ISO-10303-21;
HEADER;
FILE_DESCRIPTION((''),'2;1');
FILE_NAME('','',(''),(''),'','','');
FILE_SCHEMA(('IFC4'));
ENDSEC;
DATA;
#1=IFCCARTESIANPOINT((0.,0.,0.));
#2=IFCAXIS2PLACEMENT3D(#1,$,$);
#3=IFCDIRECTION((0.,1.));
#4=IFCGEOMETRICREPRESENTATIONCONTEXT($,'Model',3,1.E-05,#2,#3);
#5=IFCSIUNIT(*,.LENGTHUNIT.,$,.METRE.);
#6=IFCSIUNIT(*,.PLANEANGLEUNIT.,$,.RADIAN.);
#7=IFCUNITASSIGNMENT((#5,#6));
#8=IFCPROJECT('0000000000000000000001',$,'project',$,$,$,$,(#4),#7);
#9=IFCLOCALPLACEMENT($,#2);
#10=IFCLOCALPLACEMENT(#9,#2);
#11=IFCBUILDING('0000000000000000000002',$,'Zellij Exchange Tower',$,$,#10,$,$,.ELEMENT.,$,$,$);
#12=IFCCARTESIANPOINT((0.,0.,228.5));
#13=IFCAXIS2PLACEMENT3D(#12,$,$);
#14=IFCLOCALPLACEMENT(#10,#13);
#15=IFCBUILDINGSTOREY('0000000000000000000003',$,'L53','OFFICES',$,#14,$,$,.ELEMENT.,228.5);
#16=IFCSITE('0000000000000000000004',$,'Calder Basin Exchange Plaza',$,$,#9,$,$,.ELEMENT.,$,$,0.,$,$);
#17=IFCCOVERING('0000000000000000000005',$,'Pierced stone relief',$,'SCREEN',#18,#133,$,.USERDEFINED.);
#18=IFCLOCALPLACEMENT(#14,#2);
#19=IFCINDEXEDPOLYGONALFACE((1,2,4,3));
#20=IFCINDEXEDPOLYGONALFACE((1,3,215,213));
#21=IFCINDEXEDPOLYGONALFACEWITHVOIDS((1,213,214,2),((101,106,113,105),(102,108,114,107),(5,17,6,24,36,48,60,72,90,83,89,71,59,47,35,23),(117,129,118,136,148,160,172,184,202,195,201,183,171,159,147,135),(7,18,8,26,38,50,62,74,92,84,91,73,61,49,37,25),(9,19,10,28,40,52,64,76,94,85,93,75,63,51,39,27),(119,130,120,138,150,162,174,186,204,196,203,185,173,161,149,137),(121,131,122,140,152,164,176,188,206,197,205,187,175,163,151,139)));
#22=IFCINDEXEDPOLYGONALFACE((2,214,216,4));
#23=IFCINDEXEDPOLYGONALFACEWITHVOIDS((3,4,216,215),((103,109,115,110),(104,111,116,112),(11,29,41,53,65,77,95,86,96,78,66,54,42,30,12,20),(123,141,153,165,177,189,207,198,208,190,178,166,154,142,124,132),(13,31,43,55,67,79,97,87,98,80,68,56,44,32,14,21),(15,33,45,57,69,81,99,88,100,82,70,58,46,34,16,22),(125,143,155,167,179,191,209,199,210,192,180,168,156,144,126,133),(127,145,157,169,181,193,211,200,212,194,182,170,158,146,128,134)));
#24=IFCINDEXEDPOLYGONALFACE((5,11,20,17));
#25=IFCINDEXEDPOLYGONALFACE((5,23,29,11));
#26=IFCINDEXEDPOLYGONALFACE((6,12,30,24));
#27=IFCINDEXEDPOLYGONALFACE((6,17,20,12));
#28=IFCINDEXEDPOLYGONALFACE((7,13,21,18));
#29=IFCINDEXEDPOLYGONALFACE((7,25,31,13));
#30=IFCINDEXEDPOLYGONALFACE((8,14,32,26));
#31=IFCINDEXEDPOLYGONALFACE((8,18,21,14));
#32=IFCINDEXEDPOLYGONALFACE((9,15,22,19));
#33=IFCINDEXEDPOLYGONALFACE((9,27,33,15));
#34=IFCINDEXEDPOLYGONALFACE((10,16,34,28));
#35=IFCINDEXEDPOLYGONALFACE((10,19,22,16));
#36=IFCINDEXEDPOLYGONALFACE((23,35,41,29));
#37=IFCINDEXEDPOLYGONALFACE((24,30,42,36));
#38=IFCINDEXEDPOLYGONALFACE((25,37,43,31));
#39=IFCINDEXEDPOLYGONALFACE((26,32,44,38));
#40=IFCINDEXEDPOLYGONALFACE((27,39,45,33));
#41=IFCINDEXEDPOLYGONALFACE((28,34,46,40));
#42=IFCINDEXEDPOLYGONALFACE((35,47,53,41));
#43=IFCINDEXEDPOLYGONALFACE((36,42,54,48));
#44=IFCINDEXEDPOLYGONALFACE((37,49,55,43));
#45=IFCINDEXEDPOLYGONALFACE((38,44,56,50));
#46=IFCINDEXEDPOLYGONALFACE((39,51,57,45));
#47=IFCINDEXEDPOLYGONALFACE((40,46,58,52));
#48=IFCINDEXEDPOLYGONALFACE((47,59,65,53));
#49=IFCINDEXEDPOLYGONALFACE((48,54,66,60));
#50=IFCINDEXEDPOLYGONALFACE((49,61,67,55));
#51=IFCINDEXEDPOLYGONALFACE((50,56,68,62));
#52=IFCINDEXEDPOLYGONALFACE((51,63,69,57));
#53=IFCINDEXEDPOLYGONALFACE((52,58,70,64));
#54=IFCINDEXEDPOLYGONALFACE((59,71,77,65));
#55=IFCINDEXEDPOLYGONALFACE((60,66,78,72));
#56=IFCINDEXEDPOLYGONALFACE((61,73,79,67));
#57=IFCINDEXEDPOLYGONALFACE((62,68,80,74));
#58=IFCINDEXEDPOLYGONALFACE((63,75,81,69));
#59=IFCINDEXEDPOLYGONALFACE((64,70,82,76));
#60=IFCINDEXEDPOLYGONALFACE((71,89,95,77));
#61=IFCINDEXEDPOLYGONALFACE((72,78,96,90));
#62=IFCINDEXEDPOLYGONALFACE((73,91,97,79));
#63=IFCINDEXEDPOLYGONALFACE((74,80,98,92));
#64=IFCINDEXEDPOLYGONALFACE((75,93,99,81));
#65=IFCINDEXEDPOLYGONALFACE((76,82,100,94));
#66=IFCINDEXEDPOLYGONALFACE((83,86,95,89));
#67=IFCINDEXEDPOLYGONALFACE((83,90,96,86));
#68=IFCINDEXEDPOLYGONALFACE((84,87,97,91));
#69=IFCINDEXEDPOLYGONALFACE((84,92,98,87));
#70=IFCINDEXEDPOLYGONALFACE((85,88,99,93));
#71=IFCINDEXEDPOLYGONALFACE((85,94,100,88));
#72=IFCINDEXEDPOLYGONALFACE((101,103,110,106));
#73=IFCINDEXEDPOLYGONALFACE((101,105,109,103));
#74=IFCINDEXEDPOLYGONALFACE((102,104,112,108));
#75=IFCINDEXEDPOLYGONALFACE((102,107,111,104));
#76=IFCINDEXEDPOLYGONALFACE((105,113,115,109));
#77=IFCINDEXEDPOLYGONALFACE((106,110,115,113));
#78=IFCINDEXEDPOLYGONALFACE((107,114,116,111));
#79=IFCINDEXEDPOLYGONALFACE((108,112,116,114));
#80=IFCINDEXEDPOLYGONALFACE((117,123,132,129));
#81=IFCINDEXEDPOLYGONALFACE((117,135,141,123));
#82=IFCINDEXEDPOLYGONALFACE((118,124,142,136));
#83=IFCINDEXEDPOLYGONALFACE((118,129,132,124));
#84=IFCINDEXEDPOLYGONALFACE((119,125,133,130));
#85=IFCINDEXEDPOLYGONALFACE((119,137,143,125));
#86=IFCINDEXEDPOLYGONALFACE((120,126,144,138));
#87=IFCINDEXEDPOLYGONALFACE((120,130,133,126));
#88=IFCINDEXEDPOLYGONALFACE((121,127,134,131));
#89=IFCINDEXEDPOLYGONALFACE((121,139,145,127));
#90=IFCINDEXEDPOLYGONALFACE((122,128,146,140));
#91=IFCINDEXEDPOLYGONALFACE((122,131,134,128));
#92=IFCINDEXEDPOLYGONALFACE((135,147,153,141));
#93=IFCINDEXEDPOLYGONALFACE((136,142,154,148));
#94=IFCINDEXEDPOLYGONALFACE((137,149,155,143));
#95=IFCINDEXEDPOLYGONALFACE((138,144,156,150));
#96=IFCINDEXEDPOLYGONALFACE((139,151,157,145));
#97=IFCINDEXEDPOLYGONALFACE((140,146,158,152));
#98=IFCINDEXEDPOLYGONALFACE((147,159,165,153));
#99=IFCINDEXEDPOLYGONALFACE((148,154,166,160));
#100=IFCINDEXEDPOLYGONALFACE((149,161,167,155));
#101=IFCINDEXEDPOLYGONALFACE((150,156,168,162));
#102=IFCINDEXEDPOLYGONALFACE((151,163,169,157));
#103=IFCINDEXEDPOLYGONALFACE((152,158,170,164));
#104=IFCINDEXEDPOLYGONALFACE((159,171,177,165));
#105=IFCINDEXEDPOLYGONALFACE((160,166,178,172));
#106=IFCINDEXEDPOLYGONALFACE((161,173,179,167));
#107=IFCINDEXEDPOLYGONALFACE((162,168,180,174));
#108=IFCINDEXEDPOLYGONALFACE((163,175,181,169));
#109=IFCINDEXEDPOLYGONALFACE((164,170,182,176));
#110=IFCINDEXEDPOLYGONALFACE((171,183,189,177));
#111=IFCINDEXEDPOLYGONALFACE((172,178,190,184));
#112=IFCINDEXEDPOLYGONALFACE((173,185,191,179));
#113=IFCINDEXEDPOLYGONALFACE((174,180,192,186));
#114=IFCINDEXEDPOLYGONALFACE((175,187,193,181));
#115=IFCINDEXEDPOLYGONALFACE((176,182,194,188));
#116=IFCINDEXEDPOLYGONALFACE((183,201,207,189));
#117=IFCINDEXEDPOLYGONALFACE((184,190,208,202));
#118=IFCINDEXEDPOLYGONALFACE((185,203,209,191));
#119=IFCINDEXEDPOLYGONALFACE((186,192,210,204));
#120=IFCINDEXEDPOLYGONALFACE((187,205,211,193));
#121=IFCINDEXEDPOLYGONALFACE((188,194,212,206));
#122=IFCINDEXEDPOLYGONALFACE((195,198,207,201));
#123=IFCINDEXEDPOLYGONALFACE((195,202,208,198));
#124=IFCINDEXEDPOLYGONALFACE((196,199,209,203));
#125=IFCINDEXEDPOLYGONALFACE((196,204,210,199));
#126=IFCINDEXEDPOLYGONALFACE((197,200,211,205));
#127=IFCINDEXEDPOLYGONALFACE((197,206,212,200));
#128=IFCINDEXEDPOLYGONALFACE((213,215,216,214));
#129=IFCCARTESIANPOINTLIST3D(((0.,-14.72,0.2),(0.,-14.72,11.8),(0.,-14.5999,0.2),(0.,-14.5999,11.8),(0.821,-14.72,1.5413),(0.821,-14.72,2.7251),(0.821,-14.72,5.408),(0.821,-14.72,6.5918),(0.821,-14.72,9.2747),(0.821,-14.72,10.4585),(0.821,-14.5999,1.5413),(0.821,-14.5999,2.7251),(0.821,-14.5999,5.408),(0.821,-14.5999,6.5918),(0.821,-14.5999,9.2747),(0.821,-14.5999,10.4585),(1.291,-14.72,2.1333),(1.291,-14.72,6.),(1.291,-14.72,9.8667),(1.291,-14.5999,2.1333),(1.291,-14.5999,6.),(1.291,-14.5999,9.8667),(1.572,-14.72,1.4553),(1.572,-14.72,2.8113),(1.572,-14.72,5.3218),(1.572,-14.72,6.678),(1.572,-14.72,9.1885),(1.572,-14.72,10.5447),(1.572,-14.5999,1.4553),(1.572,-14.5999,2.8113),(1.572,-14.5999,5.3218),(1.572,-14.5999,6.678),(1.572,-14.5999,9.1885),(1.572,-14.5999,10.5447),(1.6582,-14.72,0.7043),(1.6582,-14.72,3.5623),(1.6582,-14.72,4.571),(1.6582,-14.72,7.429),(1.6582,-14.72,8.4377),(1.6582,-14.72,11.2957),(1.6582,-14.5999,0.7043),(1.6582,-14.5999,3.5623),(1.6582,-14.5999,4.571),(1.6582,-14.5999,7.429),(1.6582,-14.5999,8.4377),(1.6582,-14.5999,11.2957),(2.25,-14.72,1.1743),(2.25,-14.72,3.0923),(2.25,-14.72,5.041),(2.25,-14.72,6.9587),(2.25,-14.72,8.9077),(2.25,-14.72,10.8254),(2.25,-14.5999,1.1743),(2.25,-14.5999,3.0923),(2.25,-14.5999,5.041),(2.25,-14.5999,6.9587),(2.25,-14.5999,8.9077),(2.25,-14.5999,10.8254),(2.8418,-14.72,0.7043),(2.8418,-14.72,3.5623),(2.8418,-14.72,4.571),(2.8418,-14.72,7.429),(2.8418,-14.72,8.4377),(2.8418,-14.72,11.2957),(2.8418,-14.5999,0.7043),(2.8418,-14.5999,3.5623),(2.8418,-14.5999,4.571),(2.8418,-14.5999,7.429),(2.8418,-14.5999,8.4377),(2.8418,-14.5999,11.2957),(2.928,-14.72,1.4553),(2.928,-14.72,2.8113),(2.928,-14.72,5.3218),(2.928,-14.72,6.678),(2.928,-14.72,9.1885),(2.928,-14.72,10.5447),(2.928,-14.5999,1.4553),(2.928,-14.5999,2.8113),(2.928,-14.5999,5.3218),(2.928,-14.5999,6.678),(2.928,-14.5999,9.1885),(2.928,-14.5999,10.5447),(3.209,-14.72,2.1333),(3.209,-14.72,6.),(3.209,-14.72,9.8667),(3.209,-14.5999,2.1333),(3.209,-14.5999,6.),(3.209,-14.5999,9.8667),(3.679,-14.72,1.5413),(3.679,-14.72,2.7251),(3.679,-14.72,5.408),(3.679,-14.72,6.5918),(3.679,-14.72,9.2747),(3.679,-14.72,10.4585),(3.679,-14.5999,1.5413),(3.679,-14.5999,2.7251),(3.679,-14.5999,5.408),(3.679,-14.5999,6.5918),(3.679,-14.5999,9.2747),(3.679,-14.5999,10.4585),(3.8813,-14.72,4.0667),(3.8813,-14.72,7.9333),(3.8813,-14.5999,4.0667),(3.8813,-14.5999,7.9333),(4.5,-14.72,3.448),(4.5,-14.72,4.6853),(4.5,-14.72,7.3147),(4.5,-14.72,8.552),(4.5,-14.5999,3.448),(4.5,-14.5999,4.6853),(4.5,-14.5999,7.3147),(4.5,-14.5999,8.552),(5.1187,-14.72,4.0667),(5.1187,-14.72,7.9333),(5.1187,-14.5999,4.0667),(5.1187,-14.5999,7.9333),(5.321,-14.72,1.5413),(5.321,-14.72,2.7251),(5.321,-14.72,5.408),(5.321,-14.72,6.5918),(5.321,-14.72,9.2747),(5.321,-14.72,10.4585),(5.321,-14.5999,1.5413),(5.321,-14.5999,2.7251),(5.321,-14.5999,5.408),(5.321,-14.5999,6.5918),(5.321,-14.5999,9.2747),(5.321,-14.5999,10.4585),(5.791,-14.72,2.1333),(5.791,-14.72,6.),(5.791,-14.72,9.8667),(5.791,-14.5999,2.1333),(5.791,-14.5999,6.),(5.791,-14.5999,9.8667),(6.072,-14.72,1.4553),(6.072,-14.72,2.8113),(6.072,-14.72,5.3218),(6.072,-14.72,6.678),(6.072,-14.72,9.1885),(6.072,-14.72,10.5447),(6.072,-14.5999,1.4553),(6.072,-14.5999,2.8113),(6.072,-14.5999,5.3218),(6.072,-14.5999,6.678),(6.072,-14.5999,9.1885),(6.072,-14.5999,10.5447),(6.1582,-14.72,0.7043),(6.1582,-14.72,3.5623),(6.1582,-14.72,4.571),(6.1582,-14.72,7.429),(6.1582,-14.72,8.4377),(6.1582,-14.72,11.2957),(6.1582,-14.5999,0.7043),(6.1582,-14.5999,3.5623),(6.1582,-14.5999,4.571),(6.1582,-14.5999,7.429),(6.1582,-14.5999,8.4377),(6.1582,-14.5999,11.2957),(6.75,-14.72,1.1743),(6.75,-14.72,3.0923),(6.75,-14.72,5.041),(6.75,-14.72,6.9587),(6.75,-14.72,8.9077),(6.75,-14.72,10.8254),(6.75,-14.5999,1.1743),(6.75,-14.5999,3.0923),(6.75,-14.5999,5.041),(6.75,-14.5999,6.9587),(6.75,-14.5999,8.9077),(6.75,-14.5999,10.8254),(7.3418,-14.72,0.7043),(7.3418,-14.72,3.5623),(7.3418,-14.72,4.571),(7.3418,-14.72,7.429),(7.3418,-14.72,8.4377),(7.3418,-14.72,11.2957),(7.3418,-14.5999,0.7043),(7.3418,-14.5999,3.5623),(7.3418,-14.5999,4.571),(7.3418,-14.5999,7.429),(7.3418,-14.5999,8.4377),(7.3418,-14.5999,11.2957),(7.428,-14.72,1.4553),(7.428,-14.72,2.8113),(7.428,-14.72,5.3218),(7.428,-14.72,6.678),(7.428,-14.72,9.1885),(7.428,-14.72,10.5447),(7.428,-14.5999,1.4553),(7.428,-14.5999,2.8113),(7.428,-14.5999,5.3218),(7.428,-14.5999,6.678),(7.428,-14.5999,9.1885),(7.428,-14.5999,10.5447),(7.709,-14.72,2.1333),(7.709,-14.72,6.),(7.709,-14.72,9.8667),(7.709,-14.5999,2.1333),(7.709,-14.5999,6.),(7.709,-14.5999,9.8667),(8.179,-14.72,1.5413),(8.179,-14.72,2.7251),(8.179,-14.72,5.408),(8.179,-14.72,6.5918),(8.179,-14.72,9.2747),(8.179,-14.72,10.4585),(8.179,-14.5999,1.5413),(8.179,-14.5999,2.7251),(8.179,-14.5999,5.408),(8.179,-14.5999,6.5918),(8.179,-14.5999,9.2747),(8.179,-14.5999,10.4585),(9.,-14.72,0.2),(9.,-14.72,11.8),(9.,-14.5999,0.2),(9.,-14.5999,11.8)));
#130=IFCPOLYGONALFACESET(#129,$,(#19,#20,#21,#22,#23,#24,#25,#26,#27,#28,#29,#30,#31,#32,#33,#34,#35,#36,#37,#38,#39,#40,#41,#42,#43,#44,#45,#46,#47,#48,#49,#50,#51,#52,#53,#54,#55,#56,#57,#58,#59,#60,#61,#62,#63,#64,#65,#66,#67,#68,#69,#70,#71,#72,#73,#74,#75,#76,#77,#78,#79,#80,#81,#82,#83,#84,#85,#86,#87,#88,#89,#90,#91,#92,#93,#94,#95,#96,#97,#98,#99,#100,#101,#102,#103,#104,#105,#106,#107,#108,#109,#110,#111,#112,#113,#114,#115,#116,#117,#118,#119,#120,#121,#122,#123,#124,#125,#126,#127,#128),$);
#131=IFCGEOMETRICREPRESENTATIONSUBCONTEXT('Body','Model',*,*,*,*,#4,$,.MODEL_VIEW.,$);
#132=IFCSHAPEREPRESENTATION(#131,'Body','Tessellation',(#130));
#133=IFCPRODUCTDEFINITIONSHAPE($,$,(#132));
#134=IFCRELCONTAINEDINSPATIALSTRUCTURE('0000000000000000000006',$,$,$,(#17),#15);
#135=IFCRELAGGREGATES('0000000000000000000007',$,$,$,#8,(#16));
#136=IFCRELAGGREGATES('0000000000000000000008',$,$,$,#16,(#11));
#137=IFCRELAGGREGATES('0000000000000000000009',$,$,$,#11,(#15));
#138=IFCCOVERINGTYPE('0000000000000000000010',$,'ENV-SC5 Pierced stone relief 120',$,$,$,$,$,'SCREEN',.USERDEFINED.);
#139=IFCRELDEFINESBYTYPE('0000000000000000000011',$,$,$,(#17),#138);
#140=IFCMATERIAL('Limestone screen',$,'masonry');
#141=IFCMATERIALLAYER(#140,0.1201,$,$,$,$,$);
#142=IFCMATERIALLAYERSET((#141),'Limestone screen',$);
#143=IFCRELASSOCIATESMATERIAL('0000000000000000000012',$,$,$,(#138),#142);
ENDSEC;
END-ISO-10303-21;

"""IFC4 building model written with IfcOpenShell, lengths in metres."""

from ifc_helpers import new_model, si_unit, direction, frame, origin, place, context, subcontext, project, spatial, polyline, outline, extrude, material, layer, layer_set, type_object, element, save


model = new_model("IFC4")

# Units and contexts
model_context = context("Model", 3, precision=1e-05, world=origin(), true_north=direction((0.0, 1.0)))
body_context = subcontext(model_context, "Body", "Model", "MODEL_VIEW")
ifc_project = project(units=[si_unit("LENGTHUNIT", "METRE"), si_unit("PLANEANGLEUNIT", "RADIAN")], contexts=[model_context])

# Site, building, storey
site_placement = place(None, origin())
site = spatial("IfcSite", under=ifc_project, at=site_placement, Name="Calder Basin Exchange Plaza", CompositionType="ELEMENT", RefElevation=0.0)
building_placement = place(site_placement, origin())
building = spatial("IfcBuilding", under=site, at=building_placement, Name="Zellij Exchange Tower", CompositionType="ELEMENT")
storey_placement = place(building_placement, frame((0.0, 0.0, 228.5)))
storey = spatial("IfcBuildingStorey", under=building, at=storey_placement, Name="L53", Description="OFFICES", CompositionType="ELEMENT", Elevation=228.5)

# Covering
ifc_material_1 = material(Name="Limestone screen", Category="masonry")
ifc_layer_1 = layer(ifc_material_1, 0.1201)
ifc_layer_set_1 = layer_set([ifc_layer_1], Name="Limestone screen")
covering_type = type_object("IfcCoveringType", Name="ENV-SC5 Pierced stone relief 120", ElementType="SCREEN", PredefinedType="USERDEFINED", material=ifc_layer_set_1)
covering_1_placement = place(storey_placement, frame((0.0, -14.6599, 0.2), z_axis=(0.0, 0.0, 1.0), x_axis=(1.0, 0.0, 0.0)))
element("IfcCovering", 1, at=covering_1_placement, inside=storey, type_object=covering_type, Name="Pierced stone relief", ObjectType="SCREEN", PredefinedType="USERDEFINED", context=body_context, shape_type="SweptSolid", body=[
    extrude(outline(polyline([(0.0, 0.0), (9.0, 0.0), (9.0, 11.6001), (0.0, 11.6001), (0.0, 0.0)]), holes=[polyline([(3.679, 2.5251), (2.928, 2.6113), (2.8418, 3.3623), (2.25, 2.8923), (1.6582, 3.3623), (1.572, 2.6113), (0.821, 2.5251), (1.291, 1.9333), (0.821, 1.3413), (1.572, 1.2554), (1.6582, 0.5044), (2.25, 0.9744), (2.8418, 0.5044), (2.928, 1.2554), (3.679, 1.3413), (3.209, 1.9333), (3.679, 2.5251)]), polyline([(3.679, 6.3918), (2.928, 6.478), (2.8418, 7.229), (2.25, 6.7588), (1.6582, 7.229), (1.572, 6.478), (0.821, 6.3918), (1.291, 5.8), (0.821, 5.208), (1.572, 5.1218), (1.6582, 4.3711), (2.25, 4.8411), (2.8418, 4.3711), (2.928, 5.1218), (3.679, 5.208), (3.209, 5.8), (3.679, 6.3918)]), polyline([(3.679, 10.2585), (2.928, 10.3447), (2.8418, 11.0957), (2.25, 10.6255), (1.6582, 11.0957), (1.572, 10.3447), (0.821, 10.2585), (1.291, 9.6667), (0.821, 9.0747), (1.572, 8.9885), (1.6582, 8.2378), (2.25, 8.7078), (2.8418, 8.2378), (2.928, 8.9885), (3.679, 9.0747), (3.209, 9.6667), (3.679, 10.2585)]), polyline([(8.179, 2.5251), (7.428, 2.6113), (7.3418, 3.3623), (6.75, 2.8923), (6.1582, 3.3623), (6.072, 2.6113), (5.321, 2.5251), (5.791, 1.9333), (5.321, 1.3413), (6.072, 1.2554), (6.1582, 0.5044), (6.75, 0.9744), (7.3418, 0.5044), (7.428, 1.2554), (8.179, 1.3413), (7.709, 1.9333), (8.179, 2.5251)]), polyline([(8.179, 6.3918), (7.428, 6.478), (7.3418, 7.229), (6.75, 6.7588), (6.1582, 7.229), (6.072, 6.478), (5.321, 6.3918), (5.791, 5.8), (5.321, 5.208), (6.072, 5.1218), (6.1582, 4.3711), (6.75, 4.8411), (7.3418, 4.3711), (7.428, 5.1218), (8.179, 5.208), (7.709, 5.8), (8.179, 6.3918)]), polyline([(8.179, 10.2585), (7.428, 10.3447), (7.3418, 11.0957), (6.75, 10.6255), (6.1582, 11.0957), (6.072, 10.3447), (5.321, 10.2585), (5.791, 9.6667), (5.321, 9.0747), (6.072, 8.9885), (6.1582, 8.2378), (6.75, 8.7078), (7.3418, 8.2378), (7.428, 8.9885), (8.179, 9.0747), (7.709, 9.6667), (8.179, 10.2585)]), polyline([(5.1187, 3.8667), (4.5, 4.4854), (3.8813, 3.8667), (4.5, 3.248), (5.1187, 3.8667)]), polyline([(5.1187, 7.7334), (4.5, 8.3521), (3.8813, 7.7334), (4.5, 7.1147), (5.1187, 7.7334)])]), frame((0.0, 0.0601, 0.0), z_axis=(0.0, -1.0, 0.0), x_axis=(1.0, 0.0, 0.0)), (0.0, 0.0, 1.0), 0.1201),
])

save(model, "model.ifc")
